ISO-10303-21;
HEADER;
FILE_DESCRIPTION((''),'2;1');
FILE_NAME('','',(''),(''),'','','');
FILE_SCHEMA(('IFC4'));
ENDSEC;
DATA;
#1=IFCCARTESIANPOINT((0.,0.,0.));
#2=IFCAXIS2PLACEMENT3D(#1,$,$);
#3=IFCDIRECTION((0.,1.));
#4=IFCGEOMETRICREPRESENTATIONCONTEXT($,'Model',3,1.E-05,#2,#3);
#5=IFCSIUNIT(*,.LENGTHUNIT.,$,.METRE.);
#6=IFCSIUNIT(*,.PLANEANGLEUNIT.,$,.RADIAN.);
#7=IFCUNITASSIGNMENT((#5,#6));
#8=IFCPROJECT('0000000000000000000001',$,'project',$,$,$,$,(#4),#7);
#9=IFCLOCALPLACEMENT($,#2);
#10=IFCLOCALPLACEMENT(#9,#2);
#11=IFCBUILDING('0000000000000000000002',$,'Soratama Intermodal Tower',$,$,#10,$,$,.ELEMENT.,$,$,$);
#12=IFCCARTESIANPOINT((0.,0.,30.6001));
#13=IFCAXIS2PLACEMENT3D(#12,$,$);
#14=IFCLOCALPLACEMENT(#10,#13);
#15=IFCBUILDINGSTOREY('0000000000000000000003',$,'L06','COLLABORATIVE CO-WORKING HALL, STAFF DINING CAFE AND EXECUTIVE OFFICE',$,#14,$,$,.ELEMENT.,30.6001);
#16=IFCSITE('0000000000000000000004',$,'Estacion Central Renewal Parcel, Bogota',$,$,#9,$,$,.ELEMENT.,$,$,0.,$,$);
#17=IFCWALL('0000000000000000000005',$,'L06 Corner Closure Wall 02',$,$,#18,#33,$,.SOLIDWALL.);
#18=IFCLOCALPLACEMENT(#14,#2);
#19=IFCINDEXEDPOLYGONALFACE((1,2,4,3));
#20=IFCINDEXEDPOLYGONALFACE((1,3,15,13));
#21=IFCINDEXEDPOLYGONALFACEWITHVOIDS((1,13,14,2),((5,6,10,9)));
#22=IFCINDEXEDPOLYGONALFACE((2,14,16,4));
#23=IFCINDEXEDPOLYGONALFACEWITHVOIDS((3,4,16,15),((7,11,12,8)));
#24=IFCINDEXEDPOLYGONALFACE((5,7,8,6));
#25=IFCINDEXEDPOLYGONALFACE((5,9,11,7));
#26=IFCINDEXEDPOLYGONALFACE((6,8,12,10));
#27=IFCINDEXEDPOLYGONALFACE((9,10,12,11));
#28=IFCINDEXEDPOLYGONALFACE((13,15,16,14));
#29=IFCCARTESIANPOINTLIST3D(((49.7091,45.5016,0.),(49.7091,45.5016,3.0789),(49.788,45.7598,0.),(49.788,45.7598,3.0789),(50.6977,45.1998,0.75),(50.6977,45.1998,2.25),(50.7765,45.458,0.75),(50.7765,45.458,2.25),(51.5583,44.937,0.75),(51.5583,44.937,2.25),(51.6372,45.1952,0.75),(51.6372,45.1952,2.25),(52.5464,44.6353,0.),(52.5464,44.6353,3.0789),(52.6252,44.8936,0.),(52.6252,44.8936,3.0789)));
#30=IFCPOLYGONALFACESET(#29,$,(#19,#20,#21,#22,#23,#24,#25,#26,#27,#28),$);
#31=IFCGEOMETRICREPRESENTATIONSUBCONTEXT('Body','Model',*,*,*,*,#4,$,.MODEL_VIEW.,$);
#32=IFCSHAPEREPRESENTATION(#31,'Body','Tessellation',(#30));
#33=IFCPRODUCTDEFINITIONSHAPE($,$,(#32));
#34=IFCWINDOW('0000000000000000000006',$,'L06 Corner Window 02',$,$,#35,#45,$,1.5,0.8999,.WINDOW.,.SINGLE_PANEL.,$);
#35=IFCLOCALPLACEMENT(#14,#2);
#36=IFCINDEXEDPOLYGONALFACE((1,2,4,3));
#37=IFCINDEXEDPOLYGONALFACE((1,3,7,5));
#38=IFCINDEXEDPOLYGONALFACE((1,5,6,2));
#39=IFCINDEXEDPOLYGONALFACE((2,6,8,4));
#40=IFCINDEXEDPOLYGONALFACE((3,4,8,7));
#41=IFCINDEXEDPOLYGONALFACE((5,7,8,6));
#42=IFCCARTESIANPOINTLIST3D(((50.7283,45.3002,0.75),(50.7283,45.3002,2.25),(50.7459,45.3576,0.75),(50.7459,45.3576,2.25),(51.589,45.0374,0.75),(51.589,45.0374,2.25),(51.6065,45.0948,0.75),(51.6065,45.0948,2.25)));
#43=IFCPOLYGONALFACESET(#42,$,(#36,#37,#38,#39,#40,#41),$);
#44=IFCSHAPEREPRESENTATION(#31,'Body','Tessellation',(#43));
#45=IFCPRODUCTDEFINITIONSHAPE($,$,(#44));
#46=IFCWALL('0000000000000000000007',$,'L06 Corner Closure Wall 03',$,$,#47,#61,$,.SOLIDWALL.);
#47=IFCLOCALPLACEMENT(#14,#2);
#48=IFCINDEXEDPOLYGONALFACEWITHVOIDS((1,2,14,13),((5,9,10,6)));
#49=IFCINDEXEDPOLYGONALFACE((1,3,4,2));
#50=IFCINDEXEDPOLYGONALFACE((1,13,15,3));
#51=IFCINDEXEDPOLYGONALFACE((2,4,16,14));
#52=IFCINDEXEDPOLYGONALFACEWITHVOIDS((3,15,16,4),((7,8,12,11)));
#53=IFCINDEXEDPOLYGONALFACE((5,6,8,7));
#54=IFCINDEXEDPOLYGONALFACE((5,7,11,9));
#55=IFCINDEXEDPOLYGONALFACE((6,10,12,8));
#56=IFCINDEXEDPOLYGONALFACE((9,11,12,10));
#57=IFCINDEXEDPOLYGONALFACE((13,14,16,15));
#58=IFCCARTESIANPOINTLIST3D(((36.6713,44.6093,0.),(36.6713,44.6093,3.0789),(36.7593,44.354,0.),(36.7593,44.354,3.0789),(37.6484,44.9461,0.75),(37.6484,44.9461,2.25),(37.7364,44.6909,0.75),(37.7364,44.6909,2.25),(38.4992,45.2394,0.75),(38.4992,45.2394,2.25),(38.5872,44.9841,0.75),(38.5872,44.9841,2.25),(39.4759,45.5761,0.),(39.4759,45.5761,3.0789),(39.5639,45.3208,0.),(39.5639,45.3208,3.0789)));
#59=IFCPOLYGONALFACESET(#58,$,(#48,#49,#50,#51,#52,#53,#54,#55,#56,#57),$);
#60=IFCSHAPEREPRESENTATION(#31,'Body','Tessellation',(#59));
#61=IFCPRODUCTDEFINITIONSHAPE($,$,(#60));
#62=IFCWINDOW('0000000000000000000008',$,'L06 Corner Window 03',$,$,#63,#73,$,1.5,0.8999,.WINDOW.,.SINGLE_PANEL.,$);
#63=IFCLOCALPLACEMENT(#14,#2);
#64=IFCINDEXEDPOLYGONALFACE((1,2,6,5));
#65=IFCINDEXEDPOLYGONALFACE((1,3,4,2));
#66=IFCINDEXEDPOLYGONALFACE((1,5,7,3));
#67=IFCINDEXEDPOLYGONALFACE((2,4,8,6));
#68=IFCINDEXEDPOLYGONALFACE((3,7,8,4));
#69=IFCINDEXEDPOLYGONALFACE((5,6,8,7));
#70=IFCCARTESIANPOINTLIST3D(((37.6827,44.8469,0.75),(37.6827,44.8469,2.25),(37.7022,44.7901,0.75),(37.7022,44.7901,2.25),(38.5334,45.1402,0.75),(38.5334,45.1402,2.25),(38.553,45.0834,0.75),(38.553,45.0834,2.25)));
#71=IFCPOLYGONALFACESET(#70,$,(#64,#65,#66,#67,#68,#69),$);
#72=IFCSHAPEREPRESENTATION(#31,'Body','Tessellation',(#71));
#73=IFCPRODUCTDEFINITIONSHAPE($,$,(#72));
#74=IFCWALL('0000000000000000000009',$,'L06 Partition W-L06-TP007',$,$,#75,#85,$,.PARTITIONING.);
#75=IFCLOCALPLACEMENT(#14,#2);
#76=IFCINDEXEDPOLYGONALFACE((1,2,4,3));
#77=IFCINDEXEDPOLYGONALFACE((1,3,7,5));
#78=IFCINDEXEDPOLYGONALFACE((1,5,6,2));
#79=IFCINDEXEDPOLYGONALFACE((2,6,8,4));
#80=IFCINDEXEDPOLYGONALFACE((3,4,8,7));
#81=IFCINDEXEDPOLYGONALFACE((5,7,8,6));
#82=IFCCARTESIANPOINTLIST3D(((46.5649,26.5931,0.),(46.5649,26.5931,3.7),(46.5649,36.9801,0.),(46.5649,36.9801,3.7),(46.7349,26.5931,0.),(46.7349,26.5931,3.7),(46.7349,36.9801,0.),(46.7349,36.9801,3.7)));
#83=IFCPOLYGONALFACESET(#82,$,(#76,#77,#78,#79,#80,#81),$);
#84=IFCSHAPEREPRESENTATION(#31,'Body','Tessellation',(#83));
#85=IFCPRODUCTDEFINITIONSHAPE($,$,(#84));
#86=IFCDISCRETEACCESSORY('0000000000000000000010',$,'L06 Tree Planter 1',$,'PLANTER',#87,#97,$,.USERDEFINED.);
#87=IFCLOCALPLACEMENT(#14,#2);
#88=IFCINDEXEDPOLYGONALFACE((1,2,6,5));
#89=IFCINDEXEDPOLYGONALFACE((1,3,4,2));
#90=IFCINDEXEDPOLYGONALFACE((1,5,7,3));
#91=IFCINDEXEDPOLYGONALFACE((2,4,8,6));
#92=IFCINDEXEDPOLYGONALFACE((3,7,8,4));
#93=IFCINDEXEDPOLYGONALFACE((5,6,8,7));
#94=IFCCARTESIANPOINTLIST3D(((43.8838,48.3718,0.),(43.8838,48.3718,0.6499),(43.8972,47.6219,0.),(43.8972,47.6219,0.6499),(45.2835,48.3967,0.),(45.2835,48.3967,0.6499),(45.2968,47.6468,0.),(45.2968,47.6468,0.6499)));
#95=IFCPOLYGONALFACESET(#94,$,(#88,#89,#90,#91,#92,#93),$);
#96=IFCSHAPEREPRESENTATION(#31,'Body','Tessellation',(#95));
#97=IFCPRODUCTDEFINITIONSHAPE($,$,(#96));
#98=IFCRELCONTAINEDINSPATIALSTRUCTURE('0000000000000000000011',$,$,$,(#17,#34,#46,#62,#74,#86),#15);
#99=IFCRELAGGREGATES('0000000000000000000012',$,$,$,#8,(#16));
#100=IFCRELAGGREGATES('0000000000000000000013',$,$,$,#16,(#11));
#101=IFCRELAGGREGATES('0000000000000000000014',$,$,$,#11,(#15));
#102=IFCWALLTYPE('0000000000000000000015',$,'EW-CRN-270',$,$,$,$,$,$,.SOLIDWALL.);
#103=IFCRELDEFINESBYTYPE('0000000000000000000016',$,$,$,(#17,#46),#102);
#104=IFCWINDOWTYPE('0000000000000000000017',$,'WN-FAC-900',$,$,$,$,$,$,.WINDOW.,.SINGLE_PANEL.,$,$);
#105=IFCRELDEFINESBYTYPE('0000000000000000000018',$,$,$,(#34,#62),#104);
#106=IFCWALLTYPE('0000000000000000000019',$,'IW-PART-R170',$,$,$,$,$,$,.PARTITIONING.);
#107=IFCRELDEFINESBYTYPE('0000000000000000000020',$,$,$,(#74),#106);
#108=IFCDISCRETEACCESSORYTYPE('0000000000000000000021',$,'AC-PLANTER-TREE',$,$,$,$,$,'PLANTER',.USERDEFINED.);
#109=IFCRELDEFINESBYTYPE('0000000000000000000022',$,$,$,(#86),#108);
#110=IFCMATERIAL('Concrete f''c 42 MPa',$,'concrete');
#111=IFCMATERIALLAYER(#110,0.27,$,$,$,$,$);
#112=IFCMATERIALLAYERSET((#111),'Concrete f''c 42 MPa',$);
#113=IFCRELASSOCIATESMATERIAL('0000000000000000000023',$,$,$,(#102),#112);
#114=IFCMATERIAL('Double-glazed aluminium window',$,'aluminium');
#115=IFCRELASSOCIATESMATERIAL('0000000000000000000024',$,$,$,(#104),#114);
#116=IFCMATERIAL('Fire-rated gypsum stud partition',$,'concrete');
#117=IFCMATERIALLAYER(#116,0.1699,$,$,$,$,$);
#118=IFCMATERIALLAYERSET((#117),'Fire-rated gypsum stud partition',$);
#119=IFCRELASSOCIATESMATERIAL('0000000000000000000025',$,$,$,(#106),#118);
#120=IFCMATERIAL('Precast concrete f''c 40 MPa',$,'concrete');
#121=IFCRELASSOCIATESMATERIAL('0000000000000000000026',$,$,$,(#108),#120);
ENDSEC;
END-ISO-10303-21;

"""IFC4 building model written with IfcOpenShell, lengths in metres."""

from ifc_helpers import new_model, si_unit, direction, frame, frame_2d, origin, origin_2d, place, context, subcontext, project, spatial, rectangle, extrude, material, layer, layer_set, type_object, element, fill, save


model = new_model("IFC4")

# Units and contexts
model_context = context("Model", 3, precision=1e-05, world=origin(), true_north=direction((0.0, 1.0)))
body_context = subcontext(model_context, "Body", "Model", "MODEL_VIEW")
ifc_project = project(units=[si_unit("LENGTHUNIT", "METRE"), si_unit("PLANEANGLEUNIT", "RADIAN")], contexts=[model_context])

# Site, building, storey
site_placement = place(None, origin())
site = spatial("IfcSite", under=ifc_project, at=site_placement, Name="Estacion Central Renewal Parcel, Bogota", CompositionType="ELEMENT", RefElevation=0.0)
building_placement = place(site_placement, origin())
building = spatial("IfcBuilding", under=site, at=building_placement, Name="Soratama Intermodal Tower", CompositionType="ELEMENT")
storey_placement = place(building_placement, frame((0.0, 0.0, 30.6001)))
storey = spatial("IfcBuildingStorey", under=building, at=storey_placement, Name="L06", Description="COLLABORATIVE CO-WORKING HALL, STAFF DINING CAFE AND EXECUTIVE OFFICE", CompositionType="ELEMENT", Elevation=30.6001)

# Walls, openings, windows
ifc_material_1 = material(Name="Concrete f'c 42 MPa", Category="concrete")
ifc_layer_1 = layer(ifc_material_1, 0.27)
ifc_layer_set_1 = layer_set([ifc_layer_1], Name="Concrete f'c 42 MPa")
wall_type_1 = type_object("IfcWallType", Name="EW-CRN-270", PredefinedType="SOLIDWALL", material=ifc_layer_set_1)
wall_1_placement = place(storey_placement, frame((52.5859, 44.7644, 0.0), z_axis=(0.0, 0.0, 1.0), x_axis=(-0.956417, 0.292003, 0.0)))
wall_1 = element("IfcWall", 1, at=wall_1_placement, inside=storey, type_object=wall_type_1, Name="L06 Corner Closure Wall 02", PredefinedType="SOLIDWALL", context=body_context, shape_type="SweptSolid", body=[
    extrude(rectangle(XDim=2.9666, YDim=0.27, at=frame_2d((1.4834, 0.0))), origin(), (0.0, 0.0, 1.0), 3.0789),
])
opening_1_placement = place(wall_1_placement, frame((1.0332, 0.0, 0.75)))
opening_1 = element("IfcOpeningElement", 2, at=opening_1_placement, cuts=wall_1, PredefinedType="OPENING", context=body_context, shape_type="SweptSolid", body=[
    extrude(rectangle(XDim=0.8999, YDim=1.5, at=frame_2d((0.45, 0.75))), frame((0.0, 0.145, 0.0), z_axis=(0.0, -1.0, 0.0), x_axis=(1.0, 0.0, 0.0)), (0.0, 0.0, 1.0), 0.29),
])
ifc_material_2 = material(Name="Double-glazed aluminium window", Category="aluminium")
window_type_1 = type_object("IfcWindowType", Name="WN-FAC-900", PartitioningType="SINGLE_PANEL", PredefinedType="WINDOW", material=ifc_material_2)
window_1_placement = place(opening_1_placement, origin())
window_1 = element("IfcWindow", 3, at=window_1_placement, inside=storey, type_object=window_type_1, Name="L06 Corner Window 02", OverallHeight=1.5, OverallWidth=0.8999, PartitioningType="SINGLE_PANEL", PredefinedType="WINDOW", context=body_context, shape_type="SweptSolid", body=[
    extrude(rectangle(XDim=0.8999, YDim=1.5, at=frame_2d((0.45, 0.75))), frame((0.0, 0.03, 0.0), z_axis=(0.0, -1.0, 0.0), x_axis=(1.0, 0.0, 0.0)), (0.0, 0.0, 1.0), 0.0601),
])
fill(opening_1, window_1)
wall_2_placement = place(storey_placement, frame((39.52, 45.4485, 0.0), z_axis=(0.0, 0.0, 1.0), x_axis=(-0.945408, -0.325889, 0.0)))
wall_2 = element("IfcWall", 4, at=wall_2_placement, inside=storey, type_object=wall_type_1, Name="L06 Corner Closure Wall 03", PredefinedType="SOLIDWALL", context=body_context, shape_type="SweptSolid", body=[
    extrude(rectangle(XDim=2.9666, YDim=0.27, at=frame_2d((1.4834, 0.0))), origin(), (0.0, 0.0, 1.0), 3.0789),
])
opening_2_placement = place(wall_2_placement, frame((1.0332, 0.0, 0.75)))
opening_2 = element("IfcOpeningElement", 5, at=opening_2_placement, cuts=wall_2, PredefinedType="OPENING", context=body_context, shape_type="SweptSolid", body=[
    extrude(rectangle(XDim=0.8999, YDim=1.5, at=frame_2d((0.45, 0.75))), frame((0.0, 0.145, 0.0), z_axis=(0.0, -1.0, 0.0), x_axis=(1.0, 0.0, 0.0)), (0.0, 0.0, 1.0), 0.29),
])
window_2_placement = place(opening_2_placement, origin())
window_2 = element("IfcWindow", 6, at=window_2_placement, inside=storey, type_object=window_type_1, Name="L06 Corner Window 03", OverallHeight=1.5, OverallWidth=0.8999, PartitioningType="SINGLE_PANEL", PredefinedType="WINDOW", context=body_context, shape_type="SweptSolid", body=[
    extrude(rectangle(XDim=0.8999, YDim=1.5, at=frame_2d((0.45, 0.75))), frame((0.0, 0.03, 0.0), z_axis=(0.0, -1.0, 0.0), x_axis=(1.0, 0.0, 0.0)), (0.0, 0.0, 1.0), 0.0601),
])
fill(opening_2, window_2)

# Wall
ifc_material_3 = material(Name="Fire-rated gypsum stud partition", Category="concrete")
ifc_layer_2 = layer(ifc_material_3, 0.1699)
ifc_layer_set_2 = layer_set([ifc_layer_2], Name="Fire-rated gypsum stud partition")
wall_type_2 = type_object("IfcWallType", Name="IW-PART-R170", PredefinedType="PARTITIONING", material=ifc_layer_set_2)
wall_3_placement = place(storey_placement, frame((46.6499, 36.98, 0.0), z_axis=(0.0, 0.0, 1.0), x_axis=(0.0, -1.0, 0.0)))
element("IfcWall", 7, at=wall_3_placement, inside=storey, type_object=wall_type_2, Name="L06 Partition W-L06-TP007", PredefinedType="PARTITIONING", context=body_context, shape_type="SweptSolid", body=[
    extrude(rectangle(XDim=10.387, YDim=0.1699, at=frame_2d((5.1934, 0.0))), origin(), (0.0, 0.0, 1.0), 3.7),
])

# Discrete accessory
ifc_material_4 = material(Name="Precast concrete f'c 40 MPa", Category="concrete")
discrete_accessory_type = type_object("IfcDiscreteAccessoryType", Name="AC-PLANTER-TREE", ElementType="PLANTER", PredefinedType="USERDEFINED", material=ifc_material_4)
discrete_accessory_placement = place(storey_placement, frame((44.5903, 48.0093, 0.0), z_axis=(0.0, 0.0, 1.0), x_axis=(-0.017801, 0.999842, 0.0)))
element("IfcDiscreteAccessory", 8, at=discrete_accessory_placement, inside=storey, type_object=discrete_accessory_type, Name="L06 Tree Planter 1", ObjectType="PLANTER", PredefinedType="USERDEFINED", context=body_context, shape_type="SweptSolid", body=[
    extrude(rectangle(XDim=0.75, YDim=1.3999, at=origin_2d()), origin(), (0.0, 0.0, 1.0), 0.6499),
])

save(model, "model.ifc")
